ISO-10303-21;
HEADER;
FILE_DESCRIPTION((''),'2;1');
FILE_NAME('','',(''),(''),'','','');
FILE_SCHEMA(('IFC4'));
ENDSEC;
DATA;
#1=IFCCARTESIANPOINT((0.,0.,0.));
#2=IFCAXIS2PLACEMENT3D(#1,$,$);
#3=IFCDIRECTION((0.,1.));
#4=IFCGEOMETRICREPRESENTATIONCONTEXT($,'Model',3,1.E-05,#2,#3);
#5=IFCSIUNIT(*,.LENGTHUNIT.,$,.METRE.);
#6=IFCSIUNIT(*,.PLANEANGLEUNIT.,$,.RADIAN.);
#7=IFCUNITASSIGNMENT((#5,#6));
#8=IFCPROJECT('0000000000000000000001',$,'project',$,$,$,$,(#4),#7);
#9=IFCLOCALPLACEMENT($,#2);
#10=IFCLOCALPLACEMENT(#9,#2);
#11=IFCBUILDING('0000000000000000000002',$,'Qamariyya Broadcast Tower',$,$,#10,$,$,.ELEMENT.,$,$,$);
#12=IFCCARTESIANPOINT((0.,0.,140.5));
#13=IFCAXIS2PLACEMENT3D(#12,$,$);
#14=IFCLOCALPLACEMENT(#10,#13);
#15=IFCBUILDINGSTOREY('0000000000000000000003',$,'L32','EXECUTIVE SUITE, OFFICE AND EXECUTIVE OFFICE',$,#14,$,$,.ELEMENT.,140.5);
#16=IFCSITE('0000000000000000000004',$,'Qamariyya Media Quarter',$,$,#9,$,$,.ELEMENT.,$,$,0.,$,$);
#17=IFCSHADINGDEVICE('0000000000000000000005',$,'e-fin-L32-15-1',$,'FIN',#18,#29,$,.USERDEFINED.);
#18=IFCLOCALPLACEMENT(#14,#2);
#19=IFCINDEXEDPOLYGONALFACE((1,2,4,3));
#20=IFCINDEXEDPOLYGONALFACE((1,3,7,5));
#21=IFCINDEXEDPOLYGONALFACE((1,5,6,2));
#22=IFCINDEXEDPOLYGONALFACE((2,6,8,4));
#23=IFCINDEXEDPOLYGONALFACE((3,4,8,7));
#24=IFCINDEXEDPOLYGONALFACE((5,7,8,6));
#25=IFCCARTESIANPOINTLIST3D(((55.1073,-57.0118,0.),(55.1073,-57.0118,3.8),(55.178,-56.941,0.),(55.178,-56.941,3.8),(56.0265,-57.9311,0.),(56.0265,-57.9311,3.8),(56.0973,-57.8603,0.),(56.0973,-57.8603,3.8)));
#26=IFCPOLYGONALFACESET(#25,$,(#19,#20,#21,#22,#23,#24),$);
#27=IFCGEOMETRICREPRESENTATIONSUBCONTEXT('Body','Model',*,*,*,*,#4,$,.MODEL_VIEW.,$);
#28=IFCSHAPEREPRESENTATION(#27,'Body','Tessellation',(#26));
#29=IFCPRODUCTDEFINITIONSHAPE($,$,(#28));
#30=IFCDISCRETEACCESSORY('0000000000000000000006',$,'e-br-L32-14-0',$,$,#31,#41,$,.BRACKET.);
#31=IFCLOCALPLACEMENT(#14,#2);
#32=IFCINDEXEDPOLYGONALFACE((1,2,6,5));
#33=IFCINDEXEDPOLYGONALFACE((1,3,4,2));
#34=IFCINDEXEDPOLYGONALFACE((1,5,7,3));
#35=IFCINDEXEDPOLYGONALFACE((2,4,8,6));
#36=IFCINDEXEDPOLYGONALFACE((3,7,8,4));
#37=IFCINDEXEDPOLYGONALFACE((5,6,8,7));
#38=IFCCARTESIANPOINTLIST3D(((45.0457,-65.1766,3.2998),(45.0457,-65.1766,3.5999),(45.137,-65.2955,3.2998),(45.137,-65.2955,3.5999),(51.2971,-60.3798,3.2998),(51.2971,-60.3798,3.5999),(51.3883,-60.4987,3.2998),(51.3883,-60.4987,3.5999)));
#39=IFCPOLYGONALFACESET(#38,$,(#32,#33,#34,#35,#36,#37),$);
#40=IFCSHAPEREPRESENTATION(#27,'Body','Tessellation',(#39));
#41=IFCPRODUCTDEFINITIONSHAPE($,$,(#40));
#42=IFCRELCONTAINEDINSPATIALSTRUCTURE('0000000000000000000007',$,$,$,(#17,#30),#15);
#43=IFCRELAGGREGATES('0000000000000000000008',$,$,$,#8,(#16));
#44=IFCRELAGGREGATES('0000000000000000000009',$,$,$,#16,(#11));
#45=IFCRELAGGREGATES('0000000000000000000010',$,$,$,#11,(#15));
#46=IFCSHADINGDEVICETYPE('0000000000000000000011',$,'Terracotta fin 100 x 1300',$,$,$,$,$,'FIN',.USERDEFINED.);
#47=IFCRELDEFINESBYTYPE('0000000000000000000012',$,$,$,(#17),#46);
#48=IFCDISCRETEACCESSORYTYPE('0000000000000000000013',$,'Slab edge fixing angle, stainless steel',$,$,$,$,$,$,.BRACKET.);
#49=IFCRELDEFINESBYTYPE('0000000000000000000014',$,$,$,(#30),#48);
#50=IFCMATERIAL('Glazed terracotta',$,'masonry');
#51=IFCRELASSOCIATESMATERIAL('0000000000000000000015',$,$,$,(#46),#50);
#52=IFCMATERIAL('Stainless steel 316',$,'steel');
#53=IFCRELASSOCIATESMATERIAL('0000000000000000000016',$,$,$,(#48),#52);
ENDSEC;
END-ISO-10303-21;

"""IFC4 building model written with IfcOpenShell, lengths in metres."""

from ifc_helpers import new_model, si_unit, direction, frame, origin, origin_2d, place, context, subcontext, project, spatial, rectangle, extrude, material, material_profile, profile_set, type_object, element, save


model = new_model("IFC4")

# Units and contexts
model_context = context("Model", 3, precision=1e-05, world=origin(), true_north=direction((0.0, 1.0)))
body_context = subcontext(model_context, "Body", "Model", "MODEL_VIEW")
ifc_project = project(units=[si_unit("LENGTHUNIT", "METRE"), si_unit("PLANEANGLEUNIT", "RADIAN")], contexts=[model_context])

# Site, building, storey
site_placement = place(None, origin())
site = spatial("IfcSite", under=ifc_project, at=site_placement, Name="Qamariyya Media Quarter", CompositionType="ELEMENT", RefElevation=0.0)
building_placement = place(site_placement, origin())
building = spatial("IfcBuilding", under=site, at=building_placement, Name="Qamariyya Broadcast Tower", CompositionType="ELEMENT")
storey_placement = place(building_placement, frame((0.0, 0.0, 140.5)))
storey = spatial("IfcBuildingStorey", under=building, at=storey_placement, Name="L32", Description="EXECUTIVE SUITE, OFFICE AND EXECUTIVE OFFICE", CompositionType="ELEMENT", Elevation=140.5)

# Shading device
ifc_material_1 = material(Name="Glazed terracotta", Category="masonry")
ifc_material_profile_1 = material_profile(ifc_material_1, rectangle(XDim=1.3, YDim=0.1001, at=origin_2d()))
ifc_profile_set_1 = profile_set([ifc_material_profile_1], Name="Glazed terracotta")
shading_device_type_1 = type_object("IfcShadingDeviceType", Name="Terracotta fin 100 x 1300", ElementType="FIN", PredefinedType="USERDEFINED", material=ifc_profile_set_1)
for number, where, z_axis, x_axis, name in (
    (1, (55.6023, -57.436, 0.0), (0.0, 0.0, 1.0), (0.707107, -0.707107, 0.0), "e-fin-L32-15-1"),
):
    element("IfcShadingDevice", number, at=place(storey_placement, frame(where, z_axis=z_axis, x_axis=x_axis)), inside=storey, type_object=shading_device_type_1, Name=name, ObjectType="FIN", PredefinedType="USERDEFINED", context=body_context, shape_type="SweptSolid", body=[
        extrude(rectangle(XDim=1.3, YDim=0.1001, at=origin_2d()), origin(), (0.0, 0.0, 1.0), 3.8),
    ])

# Discrete accessory
ifc_material_2 = material(Name="Stainless steel 316", Category="steel")
discrete_accessory_type = type_object("IfcDiscreteAccessoryType", Name="Slab edge fixing angle, stainless steel", PredefinedType="BRACKET", material=ifc_material_2)
discrete_accessory_placement = place(storey_placement, frame((48.217, -62.8376, 3.2998), z_axis=(0.0, 0.0, 1.0), x_axis=(0.793353, 0.608761, 0.0)))
element("IfcDiscreteAccessory", 2, at=discrete_accessory_placement, inside=storey, type_object=discrete_accessory_type, Name="e-br-L32-14-0", PredefinedType="BRACKET", context=body_context, shape_type="SweptSolid", body=[
    extrude(rectangle(XDim=7.8796, YDim=0.1499, at=origin_2d()), origin(), (0.0, 0.0, 1.0), 0.3),
])

save(model, "model.ifc")
